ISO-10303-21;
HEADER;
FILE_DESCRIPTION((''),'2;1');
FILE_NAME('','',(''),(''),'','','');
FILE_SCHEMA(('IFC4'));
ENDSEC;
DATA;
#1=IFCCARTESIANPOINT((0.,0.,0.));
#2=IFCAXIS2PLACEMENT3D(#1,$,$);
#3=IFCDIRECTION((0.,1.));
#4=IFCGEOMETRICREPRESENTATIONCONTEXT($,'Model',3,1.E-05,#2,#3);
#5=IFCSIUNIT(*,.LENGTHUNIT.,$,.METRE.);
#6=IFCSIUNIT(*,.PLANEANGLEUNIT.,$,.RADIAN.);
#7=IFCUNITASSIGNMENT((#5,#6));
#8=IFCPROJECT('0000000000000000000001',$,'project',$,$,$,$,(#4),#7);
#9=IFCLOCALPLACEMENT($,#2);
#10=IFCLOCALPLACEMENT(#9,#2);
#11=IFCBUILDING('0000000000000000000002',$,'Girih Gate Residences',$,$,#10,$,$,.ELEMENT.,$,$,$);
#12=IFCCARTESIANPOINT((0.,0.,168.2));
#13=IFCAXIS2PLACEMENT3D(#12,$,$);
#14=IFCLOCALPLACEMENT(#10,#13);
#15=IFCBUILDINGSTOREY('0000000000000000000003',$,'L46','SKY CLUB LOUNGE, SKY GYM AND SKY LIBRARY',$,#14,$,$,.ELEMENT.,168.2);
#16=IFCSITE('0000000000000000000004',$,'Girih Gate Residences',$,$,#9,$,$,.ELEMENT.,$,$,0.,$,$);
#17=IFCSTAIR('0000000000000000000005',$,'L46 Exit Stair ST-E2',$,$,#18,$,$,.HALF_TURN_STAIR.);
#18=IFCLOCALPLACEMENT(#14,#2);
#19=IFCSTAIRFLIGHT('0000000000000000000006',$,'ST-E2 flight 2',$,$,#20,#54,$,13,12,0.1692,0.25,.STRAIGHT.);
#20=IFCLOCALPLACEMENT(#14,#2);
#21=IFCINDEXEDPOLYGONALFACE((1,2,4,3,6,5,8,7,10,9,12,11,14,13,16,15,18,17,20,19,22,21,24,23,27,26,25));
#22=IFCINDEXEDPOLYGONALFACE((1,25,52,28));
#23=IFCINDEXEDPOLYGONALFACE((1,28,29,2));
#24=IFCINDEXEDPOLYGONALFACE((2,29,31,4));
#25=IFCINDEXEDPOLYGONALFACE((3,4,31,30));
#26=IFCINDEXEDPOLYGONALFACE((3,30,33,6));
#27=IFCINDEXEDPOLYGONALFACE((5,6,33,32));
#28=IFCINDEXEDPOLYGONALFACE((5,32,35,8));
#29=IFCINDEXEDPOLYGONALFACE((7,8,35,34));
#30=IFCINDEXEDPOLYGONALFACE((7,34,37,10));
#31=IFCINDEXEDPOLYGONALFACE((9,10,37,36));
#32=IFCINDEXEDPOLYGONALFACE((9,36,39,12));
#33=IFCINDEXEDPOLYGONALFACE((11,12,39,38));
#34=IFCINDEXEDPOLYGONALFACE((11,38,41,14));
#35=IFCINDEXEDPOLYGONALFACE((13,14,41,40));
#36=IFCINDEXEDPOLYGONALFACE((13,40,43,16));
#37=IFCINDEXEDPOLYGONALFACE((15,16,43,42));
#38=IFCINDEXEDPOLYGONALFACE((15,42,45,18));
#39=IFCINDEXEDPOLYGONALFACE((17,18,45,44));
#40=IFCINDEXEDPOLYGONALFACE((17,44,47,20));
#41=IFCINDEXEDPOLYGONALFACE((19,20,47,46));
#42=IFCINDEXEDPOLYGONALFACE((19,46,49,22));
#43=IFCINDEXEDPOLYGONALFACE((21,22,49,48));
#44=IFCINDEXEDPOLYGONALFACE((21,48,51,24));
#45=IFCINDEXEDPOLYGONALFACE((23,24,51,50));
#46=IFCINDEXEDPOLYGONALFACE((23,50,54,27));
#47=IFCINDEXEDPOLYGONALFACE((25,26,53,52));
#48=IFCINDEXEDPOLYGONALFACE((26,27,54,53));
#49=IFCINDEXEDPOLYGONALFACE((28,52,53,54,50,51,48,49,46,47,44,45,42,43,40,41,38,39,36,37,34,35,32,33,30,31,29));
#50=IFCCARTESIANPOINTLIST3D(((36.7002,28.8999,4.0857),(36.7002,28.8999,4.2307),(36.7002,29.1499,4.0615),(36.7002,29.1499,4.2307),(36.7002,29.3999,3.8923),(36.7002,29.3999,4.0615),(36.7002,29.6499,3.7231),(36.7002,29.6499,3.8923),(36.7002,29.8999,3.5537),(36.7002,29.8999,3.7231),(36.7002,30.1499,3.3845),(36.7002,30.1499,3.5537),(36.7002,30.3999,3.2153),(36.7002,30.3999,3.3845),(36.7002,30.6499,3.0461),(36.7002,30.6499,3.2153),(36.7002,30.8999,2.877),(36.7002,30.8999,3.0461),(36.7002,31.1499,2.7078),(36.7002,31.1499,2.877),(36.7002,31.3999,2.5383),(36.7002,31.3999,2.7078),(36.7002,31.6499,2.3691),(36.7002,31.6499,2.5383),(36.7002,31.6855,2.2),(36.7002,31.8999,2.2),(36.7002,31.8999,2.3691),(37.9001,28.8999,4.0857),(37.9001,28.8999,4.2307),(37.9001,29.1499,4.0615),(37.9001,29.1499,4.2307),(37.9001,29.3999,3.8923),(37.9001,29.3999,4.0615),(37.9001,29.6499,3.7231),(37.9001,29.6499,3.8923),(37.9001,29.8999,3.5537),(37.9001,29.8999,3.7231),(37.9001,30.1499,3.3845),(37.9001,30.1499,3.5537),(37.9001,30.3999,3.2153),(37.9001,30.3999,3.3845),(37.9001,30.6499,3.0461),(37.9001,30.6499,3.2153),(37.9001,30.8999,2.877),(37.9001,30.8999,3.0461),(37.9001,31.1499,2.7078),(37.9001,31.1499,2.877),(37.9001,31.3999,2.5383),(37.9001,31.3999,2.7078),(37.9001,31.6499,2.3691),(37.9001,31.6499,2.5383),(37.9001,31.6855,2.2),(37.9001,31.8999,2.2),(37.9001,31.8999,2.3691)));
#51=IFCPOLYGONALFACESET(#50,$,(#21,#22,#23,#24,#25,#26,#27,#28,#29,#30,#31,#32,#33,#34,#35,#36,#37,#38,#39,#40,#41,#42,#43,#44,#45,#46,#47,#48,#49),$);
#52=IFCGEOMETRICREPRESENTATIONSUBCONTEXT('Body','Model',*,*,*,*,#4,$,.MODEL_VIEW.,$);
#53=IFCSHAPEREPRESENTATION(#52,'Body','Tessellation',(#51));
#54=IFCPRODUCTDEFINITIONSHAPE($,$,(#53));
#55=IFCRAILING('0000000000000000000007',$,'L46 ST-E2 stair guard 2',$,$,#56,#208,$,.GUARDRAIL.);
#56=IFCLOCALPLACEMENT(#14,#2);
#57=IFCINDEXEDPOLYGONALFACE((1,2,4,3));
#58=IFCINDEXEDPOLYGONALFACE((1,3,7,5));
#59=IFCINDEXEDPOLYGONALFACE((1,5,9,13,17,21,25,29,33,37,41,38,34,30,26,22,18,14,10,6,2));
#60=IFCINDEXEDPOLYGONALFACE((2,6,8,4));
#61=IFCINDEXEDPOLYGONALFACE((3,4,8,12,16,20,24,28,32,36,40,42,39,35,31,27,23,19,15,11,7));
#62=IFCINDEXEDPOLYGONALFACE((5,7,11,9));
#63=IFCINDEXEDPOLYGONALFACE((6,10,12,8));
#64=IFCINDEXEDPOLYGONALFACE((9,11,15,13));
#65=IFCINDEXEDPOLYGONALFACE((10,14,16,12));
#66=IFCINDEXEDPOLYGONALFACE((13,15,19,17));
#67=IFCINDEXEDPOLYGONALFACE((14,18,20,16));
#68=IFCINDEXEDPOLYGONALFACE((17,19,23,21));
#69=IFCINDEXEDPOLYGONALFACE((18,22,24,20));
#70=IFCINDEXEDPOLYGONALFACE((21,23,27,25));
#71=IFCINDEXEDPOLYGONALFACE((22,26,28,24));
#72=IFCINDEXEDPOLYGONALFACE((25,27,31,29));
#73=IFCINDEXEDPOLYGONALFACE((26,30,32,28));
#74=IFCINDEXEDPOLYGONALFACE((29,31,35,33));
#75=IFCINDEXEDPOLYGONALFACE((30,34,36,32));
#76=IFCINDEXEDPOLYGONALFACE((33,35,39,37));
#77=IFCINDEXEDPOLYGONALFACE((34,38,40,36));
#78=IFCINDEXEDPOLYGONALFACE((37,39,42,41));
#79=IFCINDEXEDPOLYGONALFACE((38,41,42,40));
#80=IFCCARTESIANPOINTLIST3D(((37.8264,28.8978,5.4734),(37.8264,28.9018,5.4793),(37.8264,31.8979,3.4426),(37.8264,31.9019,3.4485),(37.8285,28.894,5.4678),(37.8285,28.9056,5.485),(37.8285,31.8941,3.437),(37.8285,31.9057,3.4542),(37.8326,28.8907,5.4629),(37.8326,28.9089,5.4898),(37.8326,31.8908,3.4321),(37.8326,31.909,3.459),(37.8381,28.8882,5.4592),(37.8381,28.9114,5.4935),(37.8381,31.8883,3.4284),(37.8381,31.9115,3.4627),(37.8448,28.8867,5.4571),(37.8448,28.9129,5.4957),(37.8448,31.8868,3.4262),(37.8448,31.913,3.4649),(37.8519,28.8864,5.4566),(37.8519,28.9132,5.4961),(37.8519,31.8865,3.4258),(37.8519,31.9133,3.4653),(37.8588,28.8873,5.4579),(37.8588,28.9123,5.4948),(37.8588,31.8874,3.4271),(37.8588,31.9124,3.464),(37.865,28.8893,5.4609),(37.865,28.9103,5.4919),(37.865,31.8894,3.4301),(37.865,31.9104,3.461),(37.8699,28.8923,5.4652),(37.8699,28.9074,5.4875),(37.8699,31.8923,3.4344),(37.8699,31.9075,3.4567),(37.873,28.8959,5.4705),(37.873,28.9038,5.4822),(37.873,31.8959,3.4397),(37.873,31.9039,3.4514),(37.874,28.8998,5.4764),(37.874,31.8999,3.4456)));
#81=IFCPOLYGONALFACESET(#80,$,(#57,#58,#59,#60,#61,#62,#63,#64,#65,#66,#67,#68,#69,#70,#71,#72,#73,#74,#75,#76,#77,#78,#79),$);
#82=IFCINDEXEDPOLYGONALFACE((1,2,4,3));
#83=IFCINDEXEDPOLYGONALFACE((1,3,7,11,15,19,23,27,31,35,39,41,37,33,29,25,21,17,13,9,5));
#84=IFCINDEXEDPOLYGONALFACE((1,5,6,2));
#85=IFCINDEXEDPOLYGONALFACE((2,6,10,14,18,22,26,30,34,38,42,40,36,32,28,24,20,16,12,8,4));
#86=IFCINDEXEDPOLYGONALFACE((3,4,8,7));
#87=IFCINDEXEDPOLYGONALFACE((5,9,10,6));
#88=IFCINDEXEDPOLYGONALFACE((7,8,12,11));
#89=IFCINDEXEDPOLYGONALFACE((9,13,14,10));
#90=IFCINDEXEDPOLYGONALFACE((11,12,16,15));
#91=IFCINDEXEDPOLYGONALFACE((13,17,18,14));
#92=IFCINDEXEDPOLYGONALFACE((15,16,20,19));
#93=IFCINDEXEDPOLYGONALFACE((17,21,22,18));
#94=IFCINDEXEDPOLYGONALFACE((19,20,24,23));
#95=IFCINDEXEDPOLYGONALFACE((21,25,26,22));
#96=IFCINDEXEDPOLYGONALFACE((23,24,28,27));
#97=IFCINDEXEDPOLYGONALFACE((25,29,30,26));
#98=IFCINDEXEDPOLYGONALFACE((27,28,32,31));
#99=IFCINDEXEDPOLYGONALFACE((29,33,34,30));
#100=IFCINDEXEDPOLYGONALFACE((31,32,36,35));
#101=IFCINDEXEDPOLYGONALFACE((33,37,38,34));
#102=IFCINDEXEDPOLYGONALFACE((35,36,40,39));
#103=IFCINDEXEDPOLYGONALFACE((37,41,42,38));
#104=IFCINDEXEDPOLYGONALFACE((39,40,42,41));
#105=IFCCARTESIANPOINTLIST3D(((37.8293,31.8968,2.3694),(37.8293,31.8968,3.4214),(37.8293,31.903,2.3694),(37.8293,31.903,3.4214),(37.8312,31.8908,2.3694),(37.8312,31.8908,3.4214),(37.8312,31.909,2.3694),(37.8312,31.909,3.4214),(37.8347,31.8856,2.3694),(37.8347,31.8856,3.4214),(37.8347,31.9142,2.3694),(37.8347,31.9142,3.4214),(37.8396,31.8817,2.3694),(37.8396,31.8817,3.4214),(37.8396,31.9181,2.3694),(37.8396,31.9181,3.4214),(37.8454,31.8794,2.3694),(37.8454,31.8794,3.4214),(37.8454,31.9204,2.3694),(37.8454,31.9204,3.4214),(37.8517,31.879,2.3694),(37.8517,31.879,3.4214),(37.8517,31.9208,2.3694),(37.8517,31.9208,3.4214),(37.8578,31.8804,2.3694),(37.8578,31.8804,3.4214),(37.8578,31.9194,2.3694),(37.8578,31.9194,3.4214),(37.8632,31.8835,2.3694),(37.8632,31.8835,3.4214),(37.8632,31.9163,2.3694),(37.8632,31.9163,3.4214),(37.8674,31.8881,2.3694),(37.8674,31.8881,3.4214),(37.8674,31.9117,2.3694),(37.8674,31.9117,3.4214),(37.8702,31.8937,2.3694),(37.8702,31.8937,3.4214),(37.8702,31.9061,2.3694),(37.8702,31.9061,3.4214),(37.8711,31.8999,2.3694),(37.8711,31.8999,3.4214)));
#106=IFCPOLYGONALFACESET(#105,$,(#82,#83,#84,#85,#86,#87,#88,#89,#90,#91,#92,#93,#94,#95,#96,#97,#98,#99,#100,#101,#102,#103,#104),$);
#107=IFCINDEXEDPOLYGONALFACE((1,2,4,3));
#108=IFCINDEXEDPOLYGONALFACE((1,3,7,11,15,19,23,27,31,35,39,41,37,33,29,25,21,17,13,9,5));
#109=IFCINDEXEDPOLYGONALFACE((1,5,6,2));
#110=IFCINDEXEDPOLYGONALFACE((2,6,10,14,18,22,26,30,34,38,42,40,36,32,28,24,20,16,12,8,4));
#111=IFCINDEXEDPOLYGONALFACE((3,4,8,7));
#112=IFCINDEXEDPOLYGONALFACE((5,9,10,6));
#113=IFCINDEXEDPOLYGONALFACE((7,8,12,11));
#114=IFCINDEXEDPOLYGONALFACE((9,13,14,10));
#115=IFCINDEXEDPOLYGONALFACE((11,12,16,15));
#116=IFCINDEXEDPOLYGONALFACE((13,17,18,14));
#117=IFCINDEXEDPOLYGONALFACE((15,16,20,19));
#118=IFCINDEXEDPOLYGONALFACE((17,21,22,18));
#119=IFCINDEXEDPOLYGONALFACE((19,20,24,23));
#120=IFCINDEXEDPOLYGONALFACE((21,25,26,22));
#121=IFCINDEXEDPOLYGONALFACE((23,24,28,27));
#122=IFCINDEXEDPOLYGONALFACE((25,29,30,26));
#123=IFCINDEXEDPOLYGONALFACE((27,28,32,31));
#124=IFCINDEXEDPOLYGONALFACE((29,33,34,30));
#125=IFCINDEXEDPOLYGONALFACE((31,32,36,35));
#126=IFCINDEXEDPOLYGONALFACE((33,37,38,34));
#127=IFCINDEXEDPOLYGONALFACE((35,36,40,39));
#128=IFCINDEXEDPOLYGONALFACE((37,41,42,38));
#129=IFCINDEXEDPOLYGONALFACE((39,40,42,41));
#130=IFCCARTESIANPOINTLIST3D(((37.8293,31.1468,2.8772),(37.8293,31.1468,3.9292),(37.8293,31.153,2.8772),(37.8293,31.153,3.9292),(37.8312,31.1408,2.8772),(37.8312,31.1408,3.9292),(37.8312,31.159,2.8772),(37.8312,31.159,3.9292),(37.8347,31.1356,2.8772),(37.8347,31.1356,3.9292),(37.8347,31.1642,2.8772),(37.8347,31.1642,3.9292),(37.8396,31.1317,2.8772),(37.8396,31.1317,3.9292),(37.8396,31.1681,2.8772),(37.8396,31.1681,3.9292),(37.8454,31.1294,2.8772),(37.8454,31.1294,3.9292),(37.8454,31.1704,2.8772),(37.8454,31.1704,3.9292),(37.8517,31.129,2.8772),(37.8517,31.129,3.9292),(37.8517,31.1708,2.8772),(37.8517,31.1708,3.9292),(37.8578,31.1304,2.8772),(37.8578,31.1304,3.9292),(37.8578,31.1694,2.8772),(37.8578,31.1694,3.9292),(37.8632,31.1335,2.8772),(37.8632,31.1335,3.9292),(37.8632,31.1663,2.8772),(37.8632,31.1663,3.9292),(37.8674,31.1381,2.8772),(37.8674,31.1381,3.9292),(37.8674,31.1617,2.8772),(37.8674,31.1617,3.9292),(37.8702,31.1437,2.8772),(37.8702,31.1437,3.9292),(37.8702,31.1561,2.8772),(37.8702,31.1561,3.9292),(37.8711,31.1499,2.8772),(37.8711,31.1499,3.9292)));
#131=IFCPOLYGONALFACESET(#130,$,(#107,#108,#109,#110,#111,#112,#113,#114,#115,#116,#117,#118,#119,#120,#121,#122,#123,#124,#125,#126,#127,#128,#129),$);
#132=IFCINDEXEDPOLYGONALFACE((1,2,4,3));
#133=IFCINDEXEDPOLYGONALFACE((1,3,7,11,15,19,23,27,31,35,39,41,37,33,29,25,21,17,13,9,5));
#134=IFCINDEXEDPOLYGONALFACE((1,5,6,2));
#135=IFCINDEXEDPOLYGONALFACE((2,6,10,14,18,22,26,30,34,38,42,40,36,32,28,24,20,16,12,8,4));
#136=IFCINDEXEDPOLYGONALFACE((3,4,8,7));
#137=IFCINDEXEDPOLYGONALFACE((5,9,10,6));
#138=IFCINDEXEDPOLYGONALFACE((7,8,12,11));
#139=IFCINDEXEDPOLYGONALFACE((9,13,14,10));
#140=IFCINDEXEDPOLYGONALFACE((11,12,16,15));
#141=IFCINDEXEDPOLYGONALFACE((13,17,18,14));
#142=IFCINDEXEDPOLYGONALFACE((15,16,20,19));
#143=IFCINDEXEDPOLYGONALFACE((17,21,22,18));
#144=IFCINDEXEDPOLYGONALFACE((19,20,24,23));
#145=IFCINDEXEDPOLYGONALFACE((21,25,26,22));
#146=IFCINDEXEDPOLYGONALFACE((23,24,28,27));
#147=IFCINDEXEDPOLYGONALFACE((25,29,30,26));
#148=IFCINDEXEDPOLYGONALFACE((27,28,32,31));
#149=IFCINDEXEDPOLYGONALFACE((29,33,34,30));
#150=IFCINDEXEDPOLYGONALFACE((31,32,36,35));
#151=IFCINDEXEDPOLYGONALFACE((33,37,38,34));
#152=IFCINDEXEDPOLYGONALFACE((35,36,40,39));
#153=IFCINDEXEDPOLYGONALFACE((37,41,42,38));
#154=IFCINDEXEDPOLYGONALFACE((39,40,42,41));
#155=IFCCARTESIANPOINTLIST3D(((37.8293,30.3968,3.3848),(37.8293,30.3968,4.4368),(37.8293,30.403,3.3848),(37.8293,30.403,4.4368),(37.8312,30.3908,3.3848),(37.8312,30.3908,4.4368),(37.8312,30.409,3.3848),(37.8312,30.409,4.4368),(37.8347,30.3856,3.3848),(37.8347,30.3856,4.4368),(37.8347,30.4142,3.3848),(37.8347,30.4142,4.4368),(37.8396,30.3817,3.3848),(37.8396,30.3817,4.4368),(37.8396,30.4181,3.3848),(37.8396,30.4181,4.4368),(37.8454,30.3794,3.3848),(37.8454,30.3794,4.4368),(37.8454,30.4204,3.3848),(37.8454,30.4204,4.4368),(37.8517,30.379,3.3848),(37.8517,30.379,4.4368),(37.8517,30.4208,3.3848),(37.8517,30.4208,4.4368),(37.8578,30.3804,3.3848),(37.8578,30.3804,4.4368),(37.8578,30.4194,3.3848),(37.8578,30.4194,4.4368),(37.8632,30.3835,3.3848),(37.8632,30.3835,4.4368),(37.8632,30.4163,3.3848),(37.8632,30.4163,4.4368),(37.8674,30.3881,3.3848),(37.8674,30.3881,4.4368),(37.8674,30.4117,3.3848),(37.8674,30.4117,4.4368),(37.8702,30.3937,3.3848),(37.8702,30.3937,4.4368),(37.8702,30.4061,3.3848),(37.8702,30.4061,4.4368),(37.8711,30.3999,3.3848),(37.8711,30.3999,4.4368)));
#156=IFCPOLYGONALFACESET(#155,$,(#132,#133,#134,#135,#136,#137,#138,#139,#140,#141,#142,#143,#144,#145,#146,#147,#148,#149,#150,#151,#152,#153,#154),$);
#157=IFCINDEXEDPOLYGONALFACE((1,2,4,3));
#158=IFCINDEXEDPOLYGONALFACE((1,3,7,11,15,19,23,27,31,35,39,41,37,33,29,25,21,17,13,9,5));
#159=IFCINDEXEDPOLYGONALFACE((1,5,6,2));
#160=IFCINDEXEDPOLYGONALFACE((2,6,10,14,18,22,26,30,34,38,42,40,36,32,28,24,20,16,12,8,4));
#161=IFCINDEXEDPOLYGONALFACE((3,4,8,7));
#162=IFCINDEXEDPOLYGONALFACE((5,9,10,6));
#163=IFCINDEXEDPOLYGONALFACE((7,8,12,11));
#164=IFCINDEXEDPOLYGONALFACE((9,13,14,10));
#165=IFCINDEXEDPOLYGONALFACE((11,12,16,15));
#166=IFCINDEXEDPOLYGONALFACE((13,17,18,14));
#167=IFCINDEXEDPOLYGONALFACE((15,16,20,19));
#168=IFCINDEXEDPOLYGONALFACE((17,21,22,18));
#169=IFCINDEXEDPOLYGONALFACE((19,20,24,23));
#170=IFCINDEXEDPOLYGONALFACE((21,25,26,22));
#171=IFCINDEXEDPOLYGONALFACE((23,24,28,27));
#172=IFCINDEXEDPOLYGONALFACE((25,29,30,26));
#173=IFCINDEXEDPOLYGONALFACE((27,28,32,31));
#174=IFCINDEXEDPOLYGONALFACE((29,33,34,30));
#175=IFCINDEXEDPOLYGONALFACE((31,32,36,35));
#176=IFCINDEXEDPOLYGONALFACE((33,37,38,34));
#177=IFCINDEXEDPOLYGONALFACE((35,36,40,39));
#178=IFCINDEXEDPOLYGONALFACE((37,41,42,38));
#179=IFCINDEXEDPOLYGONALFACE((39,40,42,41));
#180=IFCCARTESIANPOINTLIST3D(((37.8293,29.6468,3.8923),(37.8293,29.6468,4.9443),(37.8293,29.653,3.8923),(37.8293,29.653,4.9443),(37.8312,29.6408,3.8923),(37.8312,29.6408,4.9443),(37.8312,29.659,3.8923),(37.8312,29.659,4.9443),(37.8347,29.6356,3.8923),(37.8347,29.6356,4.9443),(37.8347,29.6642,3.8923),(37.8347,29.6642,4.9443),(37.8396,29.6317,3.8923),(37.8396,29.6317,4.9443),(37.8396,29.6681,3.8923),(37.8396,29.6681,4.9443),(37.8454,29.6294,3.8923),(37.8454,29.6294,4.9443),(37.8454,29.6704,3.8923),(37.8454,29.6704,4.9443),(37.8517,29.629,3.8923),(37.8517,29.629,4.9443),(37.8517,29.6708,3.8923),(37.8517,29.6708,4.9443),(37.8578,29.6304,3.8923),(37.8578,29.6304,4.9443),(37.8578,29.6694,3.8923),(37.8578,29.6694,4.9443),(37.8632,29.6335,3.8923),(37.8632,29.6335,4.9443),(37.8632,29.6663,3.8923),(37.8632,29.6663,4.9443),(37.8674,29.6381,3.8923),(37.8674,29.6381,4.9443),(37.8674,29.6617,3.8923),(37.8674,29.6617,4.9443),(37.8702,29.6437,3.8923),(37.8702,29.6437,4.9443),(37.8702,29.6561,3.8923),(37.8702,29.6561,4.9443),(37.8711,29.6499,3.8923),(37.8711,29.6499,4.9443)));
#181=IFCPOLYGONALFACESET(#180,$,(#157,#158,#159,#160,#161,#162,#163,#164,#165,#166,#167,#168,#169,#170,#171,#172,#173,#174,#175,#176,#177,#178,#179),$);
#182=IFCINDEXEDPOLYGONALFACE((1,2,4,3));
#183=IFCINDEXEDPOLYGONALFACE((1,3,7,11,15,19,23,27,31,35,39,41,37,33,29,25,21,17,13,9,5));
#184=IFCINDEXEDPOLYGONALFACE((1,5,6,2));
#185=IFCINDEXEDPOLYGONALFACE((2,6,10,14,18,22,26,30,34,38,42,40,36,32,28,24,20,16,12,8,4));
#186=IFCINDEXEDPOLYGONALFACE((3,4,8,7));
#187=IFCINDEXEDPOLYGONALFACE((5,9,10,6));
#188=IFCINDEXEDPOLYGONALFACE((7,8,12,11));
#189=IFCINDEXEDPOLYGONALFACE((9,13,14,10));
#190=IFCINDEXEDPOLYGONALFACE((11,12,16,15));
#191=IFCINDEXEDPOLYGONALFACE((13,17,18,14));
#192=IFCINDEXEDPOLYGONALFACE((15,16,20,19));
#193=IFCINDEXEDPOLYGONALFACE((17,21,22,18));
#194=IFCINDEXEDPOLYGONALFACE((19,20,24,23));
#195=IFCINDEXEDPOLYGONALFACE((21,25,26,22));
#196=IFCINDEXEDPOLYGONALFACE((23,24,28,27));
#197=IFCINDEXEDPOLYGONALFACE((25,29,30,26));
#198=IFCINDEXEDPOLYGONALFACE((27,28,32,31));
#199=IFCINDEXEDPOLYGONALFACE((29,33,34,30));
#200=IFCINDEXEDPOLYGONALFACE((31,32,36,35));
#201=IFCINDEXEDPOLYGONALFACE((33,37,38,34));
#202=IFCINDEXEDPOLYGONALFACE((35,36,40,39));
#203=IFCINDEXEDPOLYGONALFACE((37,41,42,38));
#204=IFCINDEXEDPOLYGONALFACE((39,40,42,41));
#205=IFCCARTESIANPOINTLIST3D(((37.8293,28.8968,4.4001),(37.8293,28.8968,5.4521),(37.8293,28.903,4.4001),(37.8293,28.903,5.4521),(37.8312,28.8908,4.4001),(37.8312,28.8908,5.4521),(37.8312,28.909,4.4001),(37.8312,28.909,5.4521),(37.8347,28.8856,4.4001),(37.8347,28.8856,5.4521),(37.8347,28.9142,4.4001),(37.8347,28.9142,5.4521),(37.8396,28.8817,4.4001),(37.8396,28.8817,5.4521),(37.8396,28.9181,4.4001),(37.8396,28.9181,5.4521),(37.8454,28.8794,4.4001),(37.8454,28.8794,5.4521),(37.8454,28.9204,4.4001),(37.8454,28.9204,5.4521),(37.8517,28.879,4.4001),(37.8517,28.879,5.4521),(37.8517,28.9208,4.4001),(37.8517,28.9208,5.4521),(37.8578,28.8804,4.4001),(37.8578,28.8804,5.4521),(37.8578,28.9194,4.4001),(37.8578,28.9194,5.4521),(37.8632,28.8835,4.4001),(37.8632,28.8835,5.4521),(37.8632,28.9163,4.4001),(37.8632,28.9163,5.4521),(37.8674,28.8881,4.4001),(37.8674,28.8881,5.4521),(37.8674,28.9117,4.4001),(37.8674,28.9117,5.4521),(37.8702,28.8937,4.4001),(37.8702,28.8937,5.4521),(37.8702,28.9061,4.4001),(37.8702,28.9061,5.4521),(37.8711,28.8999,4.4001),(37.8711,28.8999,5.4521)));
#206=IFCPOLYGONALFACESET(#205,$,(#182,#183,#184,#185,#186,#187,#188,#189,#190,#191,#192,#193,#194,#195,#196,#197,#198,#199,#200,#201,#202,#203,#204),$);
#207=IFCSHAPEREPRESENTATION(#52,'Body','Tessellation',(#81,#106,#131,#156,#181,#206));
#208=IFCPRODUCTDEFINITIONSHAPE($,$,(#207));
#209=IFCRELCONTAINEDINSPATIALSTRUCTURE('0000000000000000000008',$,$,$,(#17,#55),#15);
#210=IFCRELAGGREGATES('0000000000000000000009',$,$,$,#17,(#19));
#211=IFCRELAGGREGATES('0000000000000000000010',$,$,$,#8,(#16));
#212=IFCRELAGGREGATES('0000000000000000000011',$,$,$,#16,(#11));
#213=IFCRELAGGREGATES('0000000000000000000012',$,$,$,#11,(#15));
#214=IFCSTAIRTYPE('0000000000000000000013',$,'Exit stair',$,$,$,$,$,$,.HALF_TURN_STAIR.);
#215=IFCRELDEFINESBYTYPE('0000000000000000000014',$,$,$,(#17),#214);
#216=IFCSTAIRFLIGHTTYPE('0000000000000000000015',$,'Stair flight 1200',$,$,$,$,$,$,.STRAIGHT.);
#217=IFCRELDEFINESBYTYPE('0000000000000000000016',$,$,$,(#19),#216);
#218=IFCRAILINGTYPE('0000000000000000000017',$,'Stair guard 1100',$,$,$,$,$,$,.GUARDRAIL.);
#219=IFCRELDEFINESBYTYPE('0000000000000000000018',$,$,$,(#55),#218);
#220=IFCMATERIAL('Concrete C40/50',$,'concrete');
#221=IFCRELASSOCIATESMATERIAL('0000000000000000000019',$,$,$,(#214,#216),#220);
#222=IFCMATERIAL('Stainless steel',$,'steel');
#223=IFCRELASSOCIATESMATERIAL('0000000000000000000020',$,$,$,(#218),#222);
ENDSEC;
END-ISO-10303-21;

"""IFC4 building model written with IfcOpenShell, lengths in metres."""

from ifc_helpers import new_model, si_unit, direction, frame, origin, origin_2d, place, context, subcontext, project, spatial, polyline, circle, outline, extrude, material, type_object, element, aggregate, save


model = new_model("IFC4")

# Units and contexts
model_context = context("Model", 3, precision=1e-05, world=origin(), true_north=direction((0.0, 1.0)))
body_context = subcontext(model_context, "Body", "Model", "MODEL_VIEW")
ifc_project = project(units=[si_unit("LENGTHUNIT", "METRE"), si_unit("PLANEANGLEUNIT", "RADIAN")], contexts=[model_context])

# Site, building, storey
site_placement = place(None, origin())
site = spatial("IfcSite", under=ifc_project, at=site_placement, Name="Girih Gate Residences", CompositionType="ELEMENT", RefElevation=0.0)
building_placement = place(site_placement, origin())
building = spatial("IfcBuilding", under=site, at=building_placement, Name="Girih Gate Residences", CompositionType="ELEMENT")
storey_placement = place(building_placement, frame((0.0, 0.0, 168.2)))
storey = spatial("IfcBuildingStorey", under=building, at=storey_placement, Name="L46", Description="SKY CLUB LOUNGE, SKY GYM AND SKY LIBRARY", CompositionType="ELEMENT", Elevation=168.2)

# Shared definitions
ifc_material_1 = material(Name="Concrete C40/50", Category="concrete")

# Shared definitions
ifc_material_2 = material(Name="Stainless steel", Category="steel")

# Stair, stair flight
stair_type = type_object("IfcStairType", Name="Exit stair", PredefinedType="HALF_TURN_STAIR", material=ifc_material_1)
stair_placement = place(storey_placement, origin())
stair = element("IfcStair", 1, at=stair_placement, inside=storey, type_object=stair_type, Name="L46 Exit Stair ST-E2", PredefinedType="HALF_TURN_STAIR")
stair_flight_type = type_object("IfcStairFlightType", Name="Stair flight 1200", PredefinedType="STRAIGHT", material=ifc_material_1)
stair_flight_1_placement = place(storey_placement, frame((37.3, 31.8999, 2.2), z_axis=(0.0, 0.0, 1.0), x_axis=(0.0, -1.0, 0.0)))
stair_flight_1 = element("IfcStairFlight", 2, at=stair_flight_1_placement, type_object=stair_flight_type, Name="ST-E2 flight 2", NumberOfRisers=13, NumberOfTreads=12, PredefinedType="STRAIGHT", RiserHeight=0.1692, TreadLength=0.25, context=body_context, shape_type="SweptSolid", body=[
    extrude(outline(polyline([(0.0, 0.0), (0.0, 0.1692), (0.25, 0.1692), (0.25, 0.3384), (0.5, 0.3384), (0.5, 0.5078), (0.75, 0.5078), (0.75, 0.677), (1.0, 0.677), (1.0, 0.8462), (1.25, 0.8462), (1.25, 1.0154), (1.5, 1.0154), (1.5, 1.1846), (1.75, 1.1846), (1.75, 1.3538), (2.0, 1.3538), (2.0, 1.5232), (2.25, 1.5232), (2.25, 1.6924), (2.5, 1.6924), (2.5, 1.8616), (2.75, 1.8616), (2.75, 2.0308), (3.0, 2.0308), (3.0, 2.2), (3.0, 1.8857), (0.2144, 0.0), (0.0, 0.0)])), frame((0.0, 0.6001, 0.0), z_axis=(0.0, -1.0, 0.0), x_axis=(1.0, 0.0, 0.0)), (0.0, 0.0, 1.0), 1.2),
])
aggregate(stair, [stair_flight_1])

# Railing
railing_type_1 = type_object("IfcRailingType", Name="Stair guard 1100", PredefinedType="GUARDRAIL", material=ifc_material_2)
railing_1_placement = place(storey_placement, frame((37.8501, 31.8999, 2.3694)))
element("IfcRailing", 3, at=railing_1_placement, inside=storey, type_object=railing_type_1, Name="L46 ST-E2 stair guard 2", PredefinedType="GUARDRAIL", context=body_context, shape_type="SweptSolid", body=[
    extrude(circle(Radius=0.0239, at=origin_2d()), frame((0.0, 0.0, 1.0762), z_axis=(0.0, -0.82811, 0.560565), x_axis=(1.0, 0.0, 0.0)), (0.0, 0.0, 1.0), 3.6228),
    extrude(circle(Radius=0.021, at=origin_2d()), origin(), (0.0, 0.0, 1.0), 1.052),
    extrude(circle(Radius=0.021, at=origin_2d()), frame((0.0, -0.75, 0.5078)), (0.0, 0.0, 1.0), 1.052),
    extrude(circle(Radius=0.021, at=origin_2d()), frame((0.0, -1.5, 1.0154)), (0.0, 0.0, 1.0), 1.052),
    extrude(circle(Radius=0.021, at=origin_2d()), frame((0.0, -2.25, 1.5229)), (0.0, 0.0, 1.0), 1.052),
    extrude(circle(Radius=0.021, at=origin_2d()), frame((0.0, -3.0, 2.0308)), (0.0, 0.0, 1.0), 1.052),
])

save(model, "model.ifc")
